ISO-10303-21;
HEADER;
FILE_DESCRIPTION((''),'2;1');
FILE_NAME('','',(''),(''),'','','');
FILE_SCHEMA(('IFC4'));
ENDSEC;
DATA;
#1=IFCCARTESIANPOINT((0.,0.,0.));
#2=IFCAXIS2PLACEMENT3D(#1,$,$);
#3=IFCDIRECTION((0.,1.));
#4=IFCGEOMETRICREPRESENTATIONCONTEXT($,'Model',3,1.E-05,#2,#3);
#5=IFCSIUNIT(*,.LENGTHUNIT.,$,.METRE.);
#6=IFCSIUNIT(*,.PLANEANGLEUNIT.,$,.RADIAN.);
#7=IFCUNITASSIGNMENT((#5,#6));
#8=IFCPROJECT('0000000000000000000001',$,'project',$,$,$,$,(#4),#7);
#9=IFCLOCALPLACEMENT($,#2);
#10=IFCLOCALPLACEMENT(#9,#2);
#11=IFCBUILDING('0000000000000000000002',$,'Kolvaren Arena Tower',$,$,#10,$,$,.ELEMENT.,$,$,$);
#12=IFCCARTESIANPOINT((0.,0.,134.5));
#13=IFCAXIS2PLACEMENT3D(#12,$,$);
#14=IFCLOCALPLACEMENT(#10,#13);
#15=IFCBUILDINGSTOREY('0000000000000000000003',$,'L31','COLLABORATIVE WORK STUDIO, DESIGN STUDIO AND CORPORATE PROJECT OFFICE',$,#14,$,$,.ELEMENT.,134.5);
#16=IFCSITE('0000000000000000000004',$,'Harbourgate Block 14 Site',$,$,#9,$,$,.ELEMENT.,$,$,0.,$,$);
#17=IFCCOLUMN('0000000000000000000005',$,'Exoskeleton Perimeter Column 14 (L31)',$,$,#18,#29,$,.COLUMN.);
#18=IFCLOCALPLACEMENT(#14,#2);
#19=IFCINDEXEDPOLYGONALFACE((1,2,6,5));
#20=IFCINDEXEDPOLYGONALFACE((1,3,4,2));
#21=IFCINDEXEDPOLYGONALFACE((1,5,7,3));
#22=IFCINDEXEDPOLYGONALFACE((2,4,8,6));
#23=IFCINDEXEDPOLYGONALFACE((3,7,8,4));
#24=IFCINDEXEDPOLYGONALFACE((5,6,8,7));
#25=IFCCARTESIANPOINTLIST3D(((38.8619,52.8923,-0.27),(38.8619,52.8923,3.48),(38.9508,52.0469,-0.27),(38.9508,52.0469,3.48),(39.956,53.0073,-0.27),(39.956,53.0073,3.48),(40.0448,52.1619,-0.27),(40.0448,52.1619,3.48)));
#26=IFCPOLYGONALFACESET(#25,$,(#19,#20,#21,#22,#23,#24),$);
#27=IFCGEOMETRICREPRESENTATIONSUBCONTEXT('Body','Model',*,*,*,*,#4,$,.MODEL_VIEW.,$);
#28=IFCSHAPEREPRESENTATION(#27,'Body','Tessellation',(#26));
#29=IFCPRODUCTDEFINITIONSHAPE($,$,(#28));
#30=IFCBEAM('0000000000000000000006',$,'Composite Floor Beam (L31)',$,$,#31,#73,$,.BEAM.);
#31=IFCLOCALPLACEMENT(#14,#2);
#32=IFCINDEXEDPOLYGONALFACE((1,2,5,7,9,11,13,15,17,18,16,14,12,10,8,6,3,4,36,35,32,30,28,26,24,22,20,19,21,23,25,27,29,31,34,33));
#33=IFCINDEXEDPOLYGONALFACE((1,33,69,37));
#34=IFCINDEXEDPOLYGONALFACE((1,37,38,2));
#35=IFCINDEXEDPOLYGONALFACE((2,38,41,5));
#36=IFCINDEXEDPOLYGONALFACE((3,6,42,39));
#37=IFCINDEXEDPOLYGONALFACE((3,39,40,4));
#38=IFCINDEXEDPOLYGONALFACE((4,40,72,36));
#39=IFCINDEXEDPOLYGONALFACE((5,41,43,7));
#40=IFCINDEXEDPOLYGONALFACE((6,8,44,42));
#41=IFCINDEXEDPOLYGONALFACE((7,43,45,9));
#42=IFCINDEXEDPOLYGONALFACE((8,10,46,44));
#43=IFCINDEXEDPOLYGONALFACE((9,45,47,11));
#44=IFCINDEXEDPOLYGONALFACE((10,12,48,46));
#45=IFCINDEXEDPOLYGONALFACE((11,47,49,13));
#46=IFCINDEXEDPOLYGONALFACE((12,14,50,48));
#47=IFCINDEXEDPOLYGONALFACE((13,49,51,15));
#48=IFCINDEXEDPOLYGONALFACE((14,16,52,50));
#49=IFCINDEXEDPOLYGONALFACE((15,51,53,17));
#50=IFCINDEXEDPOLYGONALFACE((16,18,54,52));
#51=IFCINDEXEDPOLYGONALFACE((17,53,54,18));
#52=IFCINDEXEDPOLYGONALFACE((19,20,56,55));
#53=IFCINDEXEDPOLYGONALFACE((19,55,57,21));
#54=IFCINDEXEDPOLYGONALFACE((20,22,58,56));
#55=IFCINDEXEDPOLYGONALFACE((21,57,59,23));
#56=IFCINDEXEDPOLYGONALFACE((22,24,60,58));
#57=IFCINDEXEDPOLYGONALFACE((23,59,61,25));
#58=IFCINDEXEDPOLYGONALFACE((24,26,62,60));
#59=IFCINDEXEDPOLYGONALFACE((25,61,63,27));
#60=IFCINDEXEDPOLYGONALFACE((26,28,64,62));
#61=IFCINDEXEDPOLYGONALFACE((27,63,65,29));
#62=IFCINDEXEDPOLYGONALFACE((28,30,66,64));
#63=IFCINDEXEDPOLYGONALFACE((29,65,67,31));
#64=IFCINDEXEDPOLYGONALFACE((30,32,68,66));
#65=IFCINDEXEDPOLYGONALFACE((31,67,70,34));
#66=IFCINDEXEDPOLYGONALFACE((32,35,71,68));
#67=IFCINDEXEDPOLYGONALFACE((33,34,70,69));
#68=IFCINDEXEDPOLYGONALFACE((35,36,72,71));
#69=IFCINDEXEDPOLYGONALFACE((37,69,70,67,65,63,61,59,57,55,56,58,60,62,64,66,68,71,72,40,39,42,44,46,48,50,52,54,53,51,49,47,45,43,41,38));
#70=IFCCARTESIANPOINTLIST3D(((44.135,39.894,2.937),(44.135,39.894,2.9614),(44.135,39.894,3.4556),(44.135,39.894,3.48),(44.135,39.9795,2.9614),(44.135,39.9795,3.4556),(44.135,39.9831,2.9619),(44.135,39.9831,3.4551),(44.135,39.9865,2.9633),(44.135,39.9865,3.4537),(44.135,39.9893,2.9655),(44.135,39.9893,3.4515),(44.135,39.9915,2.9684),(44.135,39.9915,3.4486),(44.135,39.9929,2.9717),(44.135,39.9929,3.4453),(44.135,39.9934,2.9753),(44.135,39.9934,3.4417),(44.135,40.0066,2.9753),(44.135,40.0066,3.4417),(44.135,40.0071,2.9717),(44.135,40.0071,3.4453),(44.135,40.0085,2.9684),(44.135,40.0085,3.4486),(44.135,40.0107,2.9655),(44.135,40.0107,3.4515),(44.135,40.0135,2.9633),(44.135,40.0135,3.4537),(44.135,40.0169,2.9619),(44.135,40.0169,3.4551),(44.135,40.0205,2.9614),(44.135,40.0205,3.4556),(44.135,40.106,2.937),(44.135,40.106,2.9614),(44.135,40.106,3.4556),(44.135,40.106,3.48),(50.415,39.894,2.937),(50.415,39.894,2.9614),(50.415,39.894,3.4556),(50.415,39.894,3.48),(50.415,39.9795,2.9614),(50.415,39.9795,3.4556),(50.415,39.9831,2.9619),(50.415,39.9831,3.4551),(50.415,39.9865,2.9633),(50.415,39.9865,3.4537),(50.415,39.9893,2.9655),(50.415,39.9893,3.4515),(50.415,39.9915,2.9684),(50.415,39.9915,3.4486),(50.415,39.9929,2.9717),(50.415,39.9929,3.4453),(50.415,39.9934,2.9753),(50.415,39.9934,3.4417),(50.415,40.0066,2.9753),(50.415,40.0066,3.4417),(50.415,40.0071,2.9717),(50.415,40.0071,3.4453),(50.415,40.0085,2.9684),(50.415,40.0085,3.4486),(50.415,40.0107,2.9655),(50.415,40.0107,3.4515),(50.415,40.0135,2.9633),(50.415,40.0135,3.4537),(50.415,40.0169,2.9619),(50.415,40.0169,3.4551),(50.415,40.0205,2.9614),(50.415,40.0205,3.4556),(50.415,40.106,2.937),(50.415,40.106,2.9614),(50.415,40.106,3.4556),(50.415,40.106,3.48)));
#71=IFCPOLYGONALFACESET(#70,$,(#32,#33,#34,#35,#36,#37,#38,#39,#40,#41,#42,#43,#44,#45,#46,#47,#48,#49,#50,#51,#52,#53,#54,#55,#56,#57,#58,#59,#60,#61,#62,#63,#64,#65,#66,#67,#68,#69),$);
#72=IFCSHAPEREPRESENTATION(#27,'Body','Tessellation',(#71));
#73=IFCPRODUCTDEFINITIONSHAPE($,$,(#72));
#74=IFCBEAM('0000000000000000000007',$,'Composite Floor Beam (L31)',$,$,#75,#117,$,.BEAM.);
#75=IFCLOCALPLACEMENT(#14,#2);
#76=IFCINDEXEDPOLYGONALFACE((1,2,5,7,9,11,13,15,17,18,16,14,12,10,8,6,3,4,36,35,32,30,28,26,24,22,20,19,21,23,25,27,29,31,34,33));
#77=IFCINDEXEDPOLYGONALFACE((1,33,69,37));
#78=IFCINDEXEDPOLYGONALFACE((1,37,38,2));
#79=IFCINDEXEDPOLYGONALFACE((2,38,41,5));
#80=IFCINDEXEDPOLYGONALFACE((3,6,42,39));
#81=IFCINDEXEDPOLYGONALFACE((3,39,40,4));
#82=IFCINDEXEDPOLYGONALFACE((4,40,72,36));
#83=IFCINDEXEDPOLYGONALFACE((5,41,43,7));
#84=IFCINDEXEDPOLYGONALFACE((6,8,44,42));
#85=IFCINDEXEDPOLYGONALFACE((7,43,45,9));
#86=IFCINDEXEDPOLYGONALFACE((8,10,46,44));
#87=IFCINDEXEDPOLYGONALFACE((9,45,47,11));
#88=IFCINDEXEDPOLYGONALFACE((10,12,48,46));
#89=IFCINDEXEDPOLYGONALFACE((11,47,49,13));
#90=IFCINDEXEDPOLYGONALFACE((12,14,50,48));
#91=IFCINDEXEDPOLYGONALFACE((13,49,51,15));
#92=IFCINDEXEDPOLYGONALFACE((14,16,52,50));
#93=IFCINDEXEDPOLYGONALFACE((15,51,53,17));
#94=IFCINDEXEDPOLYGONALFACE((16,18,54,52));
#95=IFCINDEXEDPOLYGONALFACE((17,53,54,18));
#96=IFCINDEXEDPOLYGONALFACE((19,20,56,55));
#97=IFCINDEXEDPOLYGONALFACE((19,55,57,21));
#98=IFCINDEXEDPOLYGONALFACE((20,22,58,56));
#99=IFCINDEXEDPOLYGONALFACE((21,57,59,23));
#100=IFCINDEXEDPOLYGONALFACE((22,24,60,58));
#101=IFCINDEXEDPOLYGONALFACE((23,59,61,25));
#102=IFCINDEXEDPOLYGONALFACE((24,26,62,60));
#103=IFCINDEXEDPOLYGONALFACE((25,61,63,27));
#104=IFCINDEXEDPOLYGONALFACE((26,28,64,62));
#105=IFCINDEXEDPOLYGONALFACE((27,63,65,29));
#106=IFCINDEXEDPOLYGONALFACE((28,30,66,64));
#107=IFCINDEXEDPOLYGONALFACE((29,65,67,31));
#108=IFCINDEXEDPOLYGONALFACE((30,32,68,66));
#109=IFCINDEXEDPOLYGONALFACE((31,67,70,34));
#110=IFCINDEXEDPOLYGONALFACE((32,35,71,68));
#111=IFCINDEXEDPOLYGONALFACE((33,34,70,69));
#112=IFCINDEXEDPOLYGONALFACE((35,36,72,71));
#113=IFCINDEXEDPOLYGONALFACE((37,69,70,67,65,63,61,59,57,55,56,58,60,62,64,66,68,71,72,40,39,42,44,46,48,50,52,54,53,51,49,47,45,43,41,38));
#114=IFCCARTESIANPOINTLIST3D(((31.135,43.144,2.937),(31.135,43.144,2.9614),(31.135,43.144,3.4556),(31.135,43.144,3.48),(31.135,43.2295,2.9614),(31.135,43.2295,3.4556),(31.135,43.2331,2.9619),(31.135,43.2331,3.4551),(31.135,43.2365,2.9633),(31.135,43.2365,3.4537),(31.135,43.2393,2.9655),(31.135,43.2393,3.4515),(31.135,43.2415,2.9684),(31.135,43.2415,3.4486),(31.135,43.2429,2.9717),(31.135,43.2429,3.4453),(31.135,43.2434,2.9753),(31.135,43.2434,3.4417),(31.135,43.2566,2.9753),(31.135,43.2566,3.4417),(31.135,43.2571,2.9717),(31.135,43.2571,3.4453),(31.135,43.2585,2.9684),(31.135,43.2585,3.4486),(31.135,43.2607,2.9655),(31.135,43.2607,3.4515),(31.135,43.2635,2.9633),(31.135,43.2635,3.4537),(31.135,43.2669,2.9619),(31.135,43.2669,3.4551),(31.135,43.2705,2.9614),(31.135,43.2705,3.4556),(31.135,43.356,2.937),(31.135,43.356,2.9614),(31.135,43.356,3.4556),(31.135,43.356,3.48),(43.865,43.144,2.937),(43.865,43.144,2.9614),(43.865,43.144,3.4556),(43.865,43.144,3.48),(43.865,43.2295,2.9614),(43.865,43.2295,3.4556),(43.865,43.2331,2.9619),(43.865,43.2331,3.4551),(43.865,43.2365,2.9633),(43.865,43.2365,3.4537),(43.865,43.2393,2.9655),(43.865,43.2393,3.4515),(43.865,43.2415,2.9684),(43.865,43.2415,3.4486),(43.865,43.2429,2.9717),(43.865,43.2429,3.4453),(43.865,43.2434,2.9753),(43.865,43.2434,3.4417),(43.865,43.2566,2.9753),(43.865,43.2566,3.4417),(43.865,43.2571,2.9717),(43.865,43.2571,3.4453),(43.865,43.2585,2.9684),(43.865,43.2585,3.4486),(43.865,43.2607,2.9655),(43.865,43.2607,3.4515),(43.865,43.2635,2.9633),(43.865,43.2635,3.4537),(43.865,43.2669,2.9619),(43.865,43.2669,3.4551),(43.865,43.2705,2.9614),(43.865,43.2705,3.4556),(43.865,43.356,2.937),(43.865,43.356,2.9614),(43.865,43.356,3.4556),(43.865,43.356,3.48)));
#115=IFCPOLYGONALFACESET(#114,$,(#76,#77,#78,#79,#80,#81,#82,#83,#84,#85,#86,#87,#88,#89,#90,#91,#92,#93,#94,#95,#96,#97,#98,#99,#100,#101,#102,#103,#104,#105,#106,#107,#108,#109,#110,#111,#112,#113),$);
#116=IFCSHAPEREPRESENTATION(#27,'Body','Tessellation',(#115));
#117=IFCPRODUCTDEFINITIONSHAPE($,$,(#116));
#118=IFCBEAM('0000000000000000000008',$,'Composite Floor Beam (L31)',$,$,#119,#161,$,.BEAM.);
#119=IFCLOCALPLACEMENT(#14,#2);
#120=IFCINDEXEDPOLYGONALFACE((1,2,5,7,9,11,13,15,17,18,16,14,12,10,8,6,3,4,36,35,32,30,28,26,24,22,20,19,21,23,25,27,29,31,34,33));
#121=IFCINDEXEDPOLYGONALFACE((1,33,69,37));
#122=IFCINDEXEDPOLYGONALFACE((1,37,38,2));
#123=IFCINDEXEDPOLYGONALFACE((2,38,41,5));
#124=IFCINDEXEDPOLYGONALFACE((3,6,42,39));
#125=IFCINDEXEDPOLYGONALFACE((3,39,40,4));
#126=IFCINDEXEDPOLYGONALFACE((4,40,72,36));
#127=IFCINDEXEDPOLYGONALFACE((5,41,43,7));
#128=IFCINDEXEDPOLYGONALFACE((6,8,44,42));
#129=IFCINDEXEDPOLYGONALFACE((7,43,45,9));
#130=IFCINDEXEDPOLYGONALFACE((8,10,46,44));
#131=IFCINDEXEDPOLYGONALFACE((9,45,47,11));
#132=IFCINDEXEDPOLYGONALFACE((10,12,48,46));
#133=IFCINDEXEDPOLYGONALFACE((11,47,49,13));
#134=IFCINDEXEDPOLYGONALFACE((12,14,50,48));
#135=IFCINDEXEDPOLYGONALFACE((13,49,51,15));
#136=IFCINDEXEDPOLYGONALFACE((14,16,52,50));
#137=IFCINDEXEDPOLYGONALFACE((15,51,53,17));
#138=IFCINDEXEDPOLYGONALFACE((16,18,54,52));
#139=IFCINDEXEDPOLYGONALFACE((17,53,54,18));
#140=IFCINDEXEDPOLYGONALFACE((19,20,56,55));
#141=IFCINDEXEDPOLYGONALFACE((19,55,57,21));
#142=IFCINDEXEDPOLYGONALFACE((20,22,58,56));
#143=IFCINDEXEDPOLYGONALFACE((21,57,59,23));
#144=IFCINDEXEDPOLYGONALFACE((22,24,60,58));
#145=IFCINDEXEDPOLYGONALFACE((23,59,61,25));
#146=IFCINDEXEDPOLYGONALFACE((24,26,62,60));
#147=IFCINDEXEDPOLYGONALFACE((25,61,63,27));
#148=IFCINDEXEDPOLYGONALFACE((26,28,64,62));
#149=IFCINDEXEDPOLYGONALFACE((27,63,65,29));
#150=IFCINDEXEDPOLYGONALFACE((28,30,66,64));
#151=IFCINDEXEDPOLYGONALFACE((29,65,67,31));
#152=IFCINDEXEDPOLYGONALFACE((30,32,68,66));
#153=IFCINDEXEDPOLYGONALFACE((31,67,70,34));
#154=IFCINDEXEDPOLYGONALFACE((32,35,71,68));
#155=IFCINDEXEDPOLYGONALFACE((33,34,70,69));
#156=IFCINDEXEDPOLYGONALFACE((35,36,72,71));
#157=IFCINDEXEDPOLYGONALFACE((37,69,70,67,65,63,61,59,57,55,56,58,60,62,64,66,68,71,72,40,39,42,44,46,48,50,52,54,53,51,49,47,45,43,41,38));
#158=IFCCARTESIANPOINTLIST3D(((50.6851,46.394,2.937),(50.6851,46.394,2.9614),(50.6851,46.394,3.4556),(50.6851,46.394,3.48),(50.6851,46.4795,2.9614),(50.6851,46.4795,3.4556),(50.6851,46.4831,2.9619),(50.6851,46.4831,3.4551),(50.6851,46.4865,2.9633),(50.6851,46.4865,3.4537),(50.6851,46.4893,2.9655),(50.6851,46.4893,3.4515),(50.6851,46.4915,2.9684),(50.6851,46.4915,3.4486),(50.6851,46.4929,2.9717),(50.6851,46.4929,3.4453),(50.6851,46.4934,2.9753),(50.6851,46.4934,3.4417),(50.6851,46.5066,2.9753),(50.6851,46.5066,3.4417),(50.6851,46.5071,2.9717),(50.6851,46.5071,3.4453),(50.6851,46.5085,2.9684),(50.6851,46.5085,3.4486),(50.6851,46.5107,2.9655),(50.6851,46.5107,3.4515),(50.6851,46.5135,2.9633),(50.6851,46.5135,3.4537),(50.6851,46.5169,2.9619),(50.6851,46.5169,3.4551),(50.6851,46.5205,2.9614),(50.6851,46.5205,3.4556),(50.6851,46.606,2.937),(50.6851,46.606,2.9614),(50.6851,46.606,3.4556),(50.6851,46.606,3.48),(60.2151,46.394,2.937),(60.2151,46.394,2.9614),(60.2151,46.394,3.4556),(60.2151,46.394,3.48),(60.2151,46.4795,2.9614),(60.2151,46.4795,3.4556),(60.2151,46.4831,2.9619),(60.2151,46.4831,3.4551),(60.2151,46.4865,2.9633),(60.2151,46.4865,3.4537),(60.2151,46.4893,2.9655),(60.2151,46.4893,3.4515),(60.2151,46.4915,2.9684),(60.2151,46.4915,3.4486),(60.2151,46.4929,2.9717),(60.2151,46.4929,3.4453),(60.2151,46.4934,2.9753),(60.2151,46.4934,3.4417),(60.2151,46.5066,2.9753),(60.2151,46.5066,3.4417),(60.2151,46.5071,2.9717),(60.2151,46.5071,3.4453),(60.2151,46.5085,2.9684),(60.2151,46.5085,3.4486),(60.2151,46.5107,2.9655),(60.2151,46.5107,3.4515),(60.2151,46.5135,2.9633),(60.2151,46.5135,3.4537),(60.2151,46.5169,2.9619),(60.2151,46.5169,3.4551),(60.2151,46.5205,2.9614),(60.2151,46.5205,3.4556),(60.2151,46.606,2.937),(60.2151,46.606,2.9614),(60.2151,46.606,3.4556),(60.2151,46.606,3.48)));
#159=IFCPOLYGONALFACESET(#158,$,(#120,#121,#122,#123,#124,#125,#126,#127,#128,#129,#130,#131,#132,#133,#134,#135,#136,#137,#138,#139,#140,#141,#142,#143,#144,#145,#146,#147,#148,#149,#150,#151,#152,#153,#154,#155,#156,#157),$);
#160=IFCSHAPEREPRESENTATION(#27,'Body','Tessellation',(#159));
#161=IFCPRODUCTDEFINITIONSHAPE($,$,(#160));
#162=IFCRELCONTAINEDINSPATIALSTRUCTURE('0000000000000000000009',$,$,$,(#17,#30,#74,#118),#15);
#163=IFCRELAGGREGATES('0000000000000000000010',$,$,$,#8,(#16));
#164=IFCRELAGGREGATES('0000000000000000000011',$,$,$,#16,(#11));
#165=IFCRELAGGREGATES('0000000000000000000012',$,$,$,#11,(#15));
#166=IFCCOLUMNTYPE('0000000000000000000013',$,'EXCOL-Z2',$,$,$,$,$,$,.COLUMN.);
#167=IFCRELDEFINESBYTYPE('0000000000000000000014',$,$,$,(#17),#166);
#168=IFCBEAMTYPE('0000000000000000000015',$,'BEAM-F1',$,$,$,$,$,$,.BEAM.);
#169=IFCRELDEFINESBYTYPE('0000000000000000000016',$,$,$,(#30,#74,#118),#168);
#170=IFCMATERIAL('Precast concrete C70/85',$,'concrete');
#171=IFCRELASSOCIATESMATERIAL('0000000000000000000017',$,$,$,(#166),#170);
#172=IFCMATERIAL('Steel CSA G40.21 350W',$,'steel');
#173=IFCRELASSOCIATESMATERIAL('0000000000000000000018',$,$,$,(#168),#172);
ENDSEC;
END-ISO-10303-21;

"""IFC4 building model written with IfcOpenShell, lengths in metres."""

from ifc_helpers import new_model, si_unit, direction, frame, origin, origin_2d, place, context, subcontext, project, spatial, rectangle, i_section, extrude, material, material_profile, profile_set, type_object, element, save


model = new_model("IFC4")

# Units and contexts
model_context = context("Model", 3, precision=1e-05, world=origin(), true_north=direction((0.0, 1.0)))
body_context = subcontext(model_context, "Body", "Model", "MODEL_VIEW")
ifc_project = project(units=[si_unit("LENGTHUNIT", "METRE"), si_unit("PLANEANGLEUNIT", "RADIAN")], contexts=[model_context])

# Site, building, storey
site_placement = place(None, origin())
site = spatial("IfcSite", under=ifc_project, at=site_placement, Name="Harbourgate Block 14 Site", CompositionType="ELEMENT", RefElevation=0.0)
building_placement = place(site_placement, origin())
building = spatial("IfcBuilding", under=site, at=building_placement, Name="Kolvaren Arena Tower", CompositionType="ELEMENT")
storey_placement = place(building_placement, frame((0.0, 0.0, 134.5)))
storey = spatial("IfcBuildingStorey", under=building, at=storey_placement, Name="L31", Description="COLLABORATIVE WORK STUDIO, DESIGN STUDIO AND CORPORATE PROJECT OFFICE", CompositionType="ELEMENT", Elevation=134.5)

# Column
ifc_material_1 = material(Name="Precast concrete C70/85", Category="concrete")
ifc_material_profile_1 = material_profile(ifc_material_1, rectangle(XDim=1.1001, YDim=0.8501, at=origin_2d()), Name="RC-1100x850")
ifc_profile_set_1 = profile_set([ifc_material_profile_1], Name="Precast concrete C70/85")
column_type = type_object("IfcColumnType", Name="EXCOL-Z2", PredefinedType="COLUMN", material=ifc_profile_set_1)
column_placement = place(storey_placement, frame((39.4534, 52.5271, -0.27), z_axis=(0.0, 0.0, 1.0), x_axis=(0.994522, 0.104528, 0.0)))
element("IfcColumn", 1, at=column_placement, inside=storey, type_object=column_type, Name="Exoskeleton Perimeter Column 14 (L31)", PredefinedType="COLUMN", context=body_context, shape_type="SweptSolid", body=[
    extrude(rectangle(XDim=1.1001, YDim=0.8501, at=origin_2d()), origin(), (0.0, 0.0, 1.0), 3.75),
])

# Beams
ifc_material_2 = material(Name="Steel CSA G40.21 350W", Category="steel")
ifc_material_profile_2 = material_profile(ifc_material_2, i_section(OverallWidth=0.2119, OverallDepth=0.543, WebThickness=0.0132, FlangeThickness=0.0244, FilletRadius=0.0139, at=origin_2d()), Name="W530x150")
ifc_profile_set_2 = profile_set([ifc_material_profile_2], Name="Steel CSA G40.21 350W")
beam_type_1 = type_object("IfcBeamType", Name="BEAM-F1", PredefinedType="BEAM", material=ifc_profile_set_2)
beam_1_placement = place(storey_placement, frame((44.135, 40.0, 3.2085), z_axis=(1.0, 0.0, 0.0), x_axis=(0.0, 1.0, 0.0)))
element("IfcBeam", 2, at=beam_1_placement, inside=storey, type_object=beam_type_1, Name="Composite Floor Beam (L31)", PredefinedType="BEAM", context=body_context, shape_type="SweptSolid", body=[
    extrude(i_section(OverallWidth=0.2119, OverallDepth=0.543, WebThickness=0.0132, FlangeThickness=0.0244, FilletRadius=0.0139, at=origin_2d()), origin(), (0.0, 0.0, 1.0), 6.28),
])
beam_2_placement = place(storey_placement, frame((31.135, 43.25, 3.2085), z_axis=(1.0, 0.0, 0.0), x_axis=(0.0, 1.0, 0.0)))
element("IfcBeam", 3, at=beam_2_placement, inside=storey, type_object=beam_type_1, Name="Composite Floor Beam (L31)", PredefinedType="BEAM", context=body_context, shape_type="SweptSolid", body=[
    extrude(i_section(OverallWidth=0.2119, OverallDepth=0.543, WebThickness=0.0132, FlangeThickness=0.0244, FilletRadius=0.0139, at=origin_2d()), origin(), (0.0, 0.0, 1.0), 12.73),
])
for number, where, z_axis, x_axis, name in (
    (4, (50.6851, 46.5, 3.2085), (1.0, 0.0, 0.0), (0.0, 1.0, 0.0), "Composite Floor Beam (L31)"),
):
    element("IfcBeam", number, at=place(storey_placement, frame(where, z_axis=z_axis, x_axis=x_axis)), inside=storey, type_object=beam_type_1, Name=name, PredefinedType="BEAM", context=body_context, shape_type="SweptSolid", body=[
        extrude(i_section(OverallWidth=0.2119, OverallDepth=0.543, WebThickness=0.0132, FlangeThickness=0.0244, FilletRadius=0.0139, at=origin_2d()), origin(), (0.0, 0.0, 1.0), 9.53),
    ])

save(model, "model.ifc")
